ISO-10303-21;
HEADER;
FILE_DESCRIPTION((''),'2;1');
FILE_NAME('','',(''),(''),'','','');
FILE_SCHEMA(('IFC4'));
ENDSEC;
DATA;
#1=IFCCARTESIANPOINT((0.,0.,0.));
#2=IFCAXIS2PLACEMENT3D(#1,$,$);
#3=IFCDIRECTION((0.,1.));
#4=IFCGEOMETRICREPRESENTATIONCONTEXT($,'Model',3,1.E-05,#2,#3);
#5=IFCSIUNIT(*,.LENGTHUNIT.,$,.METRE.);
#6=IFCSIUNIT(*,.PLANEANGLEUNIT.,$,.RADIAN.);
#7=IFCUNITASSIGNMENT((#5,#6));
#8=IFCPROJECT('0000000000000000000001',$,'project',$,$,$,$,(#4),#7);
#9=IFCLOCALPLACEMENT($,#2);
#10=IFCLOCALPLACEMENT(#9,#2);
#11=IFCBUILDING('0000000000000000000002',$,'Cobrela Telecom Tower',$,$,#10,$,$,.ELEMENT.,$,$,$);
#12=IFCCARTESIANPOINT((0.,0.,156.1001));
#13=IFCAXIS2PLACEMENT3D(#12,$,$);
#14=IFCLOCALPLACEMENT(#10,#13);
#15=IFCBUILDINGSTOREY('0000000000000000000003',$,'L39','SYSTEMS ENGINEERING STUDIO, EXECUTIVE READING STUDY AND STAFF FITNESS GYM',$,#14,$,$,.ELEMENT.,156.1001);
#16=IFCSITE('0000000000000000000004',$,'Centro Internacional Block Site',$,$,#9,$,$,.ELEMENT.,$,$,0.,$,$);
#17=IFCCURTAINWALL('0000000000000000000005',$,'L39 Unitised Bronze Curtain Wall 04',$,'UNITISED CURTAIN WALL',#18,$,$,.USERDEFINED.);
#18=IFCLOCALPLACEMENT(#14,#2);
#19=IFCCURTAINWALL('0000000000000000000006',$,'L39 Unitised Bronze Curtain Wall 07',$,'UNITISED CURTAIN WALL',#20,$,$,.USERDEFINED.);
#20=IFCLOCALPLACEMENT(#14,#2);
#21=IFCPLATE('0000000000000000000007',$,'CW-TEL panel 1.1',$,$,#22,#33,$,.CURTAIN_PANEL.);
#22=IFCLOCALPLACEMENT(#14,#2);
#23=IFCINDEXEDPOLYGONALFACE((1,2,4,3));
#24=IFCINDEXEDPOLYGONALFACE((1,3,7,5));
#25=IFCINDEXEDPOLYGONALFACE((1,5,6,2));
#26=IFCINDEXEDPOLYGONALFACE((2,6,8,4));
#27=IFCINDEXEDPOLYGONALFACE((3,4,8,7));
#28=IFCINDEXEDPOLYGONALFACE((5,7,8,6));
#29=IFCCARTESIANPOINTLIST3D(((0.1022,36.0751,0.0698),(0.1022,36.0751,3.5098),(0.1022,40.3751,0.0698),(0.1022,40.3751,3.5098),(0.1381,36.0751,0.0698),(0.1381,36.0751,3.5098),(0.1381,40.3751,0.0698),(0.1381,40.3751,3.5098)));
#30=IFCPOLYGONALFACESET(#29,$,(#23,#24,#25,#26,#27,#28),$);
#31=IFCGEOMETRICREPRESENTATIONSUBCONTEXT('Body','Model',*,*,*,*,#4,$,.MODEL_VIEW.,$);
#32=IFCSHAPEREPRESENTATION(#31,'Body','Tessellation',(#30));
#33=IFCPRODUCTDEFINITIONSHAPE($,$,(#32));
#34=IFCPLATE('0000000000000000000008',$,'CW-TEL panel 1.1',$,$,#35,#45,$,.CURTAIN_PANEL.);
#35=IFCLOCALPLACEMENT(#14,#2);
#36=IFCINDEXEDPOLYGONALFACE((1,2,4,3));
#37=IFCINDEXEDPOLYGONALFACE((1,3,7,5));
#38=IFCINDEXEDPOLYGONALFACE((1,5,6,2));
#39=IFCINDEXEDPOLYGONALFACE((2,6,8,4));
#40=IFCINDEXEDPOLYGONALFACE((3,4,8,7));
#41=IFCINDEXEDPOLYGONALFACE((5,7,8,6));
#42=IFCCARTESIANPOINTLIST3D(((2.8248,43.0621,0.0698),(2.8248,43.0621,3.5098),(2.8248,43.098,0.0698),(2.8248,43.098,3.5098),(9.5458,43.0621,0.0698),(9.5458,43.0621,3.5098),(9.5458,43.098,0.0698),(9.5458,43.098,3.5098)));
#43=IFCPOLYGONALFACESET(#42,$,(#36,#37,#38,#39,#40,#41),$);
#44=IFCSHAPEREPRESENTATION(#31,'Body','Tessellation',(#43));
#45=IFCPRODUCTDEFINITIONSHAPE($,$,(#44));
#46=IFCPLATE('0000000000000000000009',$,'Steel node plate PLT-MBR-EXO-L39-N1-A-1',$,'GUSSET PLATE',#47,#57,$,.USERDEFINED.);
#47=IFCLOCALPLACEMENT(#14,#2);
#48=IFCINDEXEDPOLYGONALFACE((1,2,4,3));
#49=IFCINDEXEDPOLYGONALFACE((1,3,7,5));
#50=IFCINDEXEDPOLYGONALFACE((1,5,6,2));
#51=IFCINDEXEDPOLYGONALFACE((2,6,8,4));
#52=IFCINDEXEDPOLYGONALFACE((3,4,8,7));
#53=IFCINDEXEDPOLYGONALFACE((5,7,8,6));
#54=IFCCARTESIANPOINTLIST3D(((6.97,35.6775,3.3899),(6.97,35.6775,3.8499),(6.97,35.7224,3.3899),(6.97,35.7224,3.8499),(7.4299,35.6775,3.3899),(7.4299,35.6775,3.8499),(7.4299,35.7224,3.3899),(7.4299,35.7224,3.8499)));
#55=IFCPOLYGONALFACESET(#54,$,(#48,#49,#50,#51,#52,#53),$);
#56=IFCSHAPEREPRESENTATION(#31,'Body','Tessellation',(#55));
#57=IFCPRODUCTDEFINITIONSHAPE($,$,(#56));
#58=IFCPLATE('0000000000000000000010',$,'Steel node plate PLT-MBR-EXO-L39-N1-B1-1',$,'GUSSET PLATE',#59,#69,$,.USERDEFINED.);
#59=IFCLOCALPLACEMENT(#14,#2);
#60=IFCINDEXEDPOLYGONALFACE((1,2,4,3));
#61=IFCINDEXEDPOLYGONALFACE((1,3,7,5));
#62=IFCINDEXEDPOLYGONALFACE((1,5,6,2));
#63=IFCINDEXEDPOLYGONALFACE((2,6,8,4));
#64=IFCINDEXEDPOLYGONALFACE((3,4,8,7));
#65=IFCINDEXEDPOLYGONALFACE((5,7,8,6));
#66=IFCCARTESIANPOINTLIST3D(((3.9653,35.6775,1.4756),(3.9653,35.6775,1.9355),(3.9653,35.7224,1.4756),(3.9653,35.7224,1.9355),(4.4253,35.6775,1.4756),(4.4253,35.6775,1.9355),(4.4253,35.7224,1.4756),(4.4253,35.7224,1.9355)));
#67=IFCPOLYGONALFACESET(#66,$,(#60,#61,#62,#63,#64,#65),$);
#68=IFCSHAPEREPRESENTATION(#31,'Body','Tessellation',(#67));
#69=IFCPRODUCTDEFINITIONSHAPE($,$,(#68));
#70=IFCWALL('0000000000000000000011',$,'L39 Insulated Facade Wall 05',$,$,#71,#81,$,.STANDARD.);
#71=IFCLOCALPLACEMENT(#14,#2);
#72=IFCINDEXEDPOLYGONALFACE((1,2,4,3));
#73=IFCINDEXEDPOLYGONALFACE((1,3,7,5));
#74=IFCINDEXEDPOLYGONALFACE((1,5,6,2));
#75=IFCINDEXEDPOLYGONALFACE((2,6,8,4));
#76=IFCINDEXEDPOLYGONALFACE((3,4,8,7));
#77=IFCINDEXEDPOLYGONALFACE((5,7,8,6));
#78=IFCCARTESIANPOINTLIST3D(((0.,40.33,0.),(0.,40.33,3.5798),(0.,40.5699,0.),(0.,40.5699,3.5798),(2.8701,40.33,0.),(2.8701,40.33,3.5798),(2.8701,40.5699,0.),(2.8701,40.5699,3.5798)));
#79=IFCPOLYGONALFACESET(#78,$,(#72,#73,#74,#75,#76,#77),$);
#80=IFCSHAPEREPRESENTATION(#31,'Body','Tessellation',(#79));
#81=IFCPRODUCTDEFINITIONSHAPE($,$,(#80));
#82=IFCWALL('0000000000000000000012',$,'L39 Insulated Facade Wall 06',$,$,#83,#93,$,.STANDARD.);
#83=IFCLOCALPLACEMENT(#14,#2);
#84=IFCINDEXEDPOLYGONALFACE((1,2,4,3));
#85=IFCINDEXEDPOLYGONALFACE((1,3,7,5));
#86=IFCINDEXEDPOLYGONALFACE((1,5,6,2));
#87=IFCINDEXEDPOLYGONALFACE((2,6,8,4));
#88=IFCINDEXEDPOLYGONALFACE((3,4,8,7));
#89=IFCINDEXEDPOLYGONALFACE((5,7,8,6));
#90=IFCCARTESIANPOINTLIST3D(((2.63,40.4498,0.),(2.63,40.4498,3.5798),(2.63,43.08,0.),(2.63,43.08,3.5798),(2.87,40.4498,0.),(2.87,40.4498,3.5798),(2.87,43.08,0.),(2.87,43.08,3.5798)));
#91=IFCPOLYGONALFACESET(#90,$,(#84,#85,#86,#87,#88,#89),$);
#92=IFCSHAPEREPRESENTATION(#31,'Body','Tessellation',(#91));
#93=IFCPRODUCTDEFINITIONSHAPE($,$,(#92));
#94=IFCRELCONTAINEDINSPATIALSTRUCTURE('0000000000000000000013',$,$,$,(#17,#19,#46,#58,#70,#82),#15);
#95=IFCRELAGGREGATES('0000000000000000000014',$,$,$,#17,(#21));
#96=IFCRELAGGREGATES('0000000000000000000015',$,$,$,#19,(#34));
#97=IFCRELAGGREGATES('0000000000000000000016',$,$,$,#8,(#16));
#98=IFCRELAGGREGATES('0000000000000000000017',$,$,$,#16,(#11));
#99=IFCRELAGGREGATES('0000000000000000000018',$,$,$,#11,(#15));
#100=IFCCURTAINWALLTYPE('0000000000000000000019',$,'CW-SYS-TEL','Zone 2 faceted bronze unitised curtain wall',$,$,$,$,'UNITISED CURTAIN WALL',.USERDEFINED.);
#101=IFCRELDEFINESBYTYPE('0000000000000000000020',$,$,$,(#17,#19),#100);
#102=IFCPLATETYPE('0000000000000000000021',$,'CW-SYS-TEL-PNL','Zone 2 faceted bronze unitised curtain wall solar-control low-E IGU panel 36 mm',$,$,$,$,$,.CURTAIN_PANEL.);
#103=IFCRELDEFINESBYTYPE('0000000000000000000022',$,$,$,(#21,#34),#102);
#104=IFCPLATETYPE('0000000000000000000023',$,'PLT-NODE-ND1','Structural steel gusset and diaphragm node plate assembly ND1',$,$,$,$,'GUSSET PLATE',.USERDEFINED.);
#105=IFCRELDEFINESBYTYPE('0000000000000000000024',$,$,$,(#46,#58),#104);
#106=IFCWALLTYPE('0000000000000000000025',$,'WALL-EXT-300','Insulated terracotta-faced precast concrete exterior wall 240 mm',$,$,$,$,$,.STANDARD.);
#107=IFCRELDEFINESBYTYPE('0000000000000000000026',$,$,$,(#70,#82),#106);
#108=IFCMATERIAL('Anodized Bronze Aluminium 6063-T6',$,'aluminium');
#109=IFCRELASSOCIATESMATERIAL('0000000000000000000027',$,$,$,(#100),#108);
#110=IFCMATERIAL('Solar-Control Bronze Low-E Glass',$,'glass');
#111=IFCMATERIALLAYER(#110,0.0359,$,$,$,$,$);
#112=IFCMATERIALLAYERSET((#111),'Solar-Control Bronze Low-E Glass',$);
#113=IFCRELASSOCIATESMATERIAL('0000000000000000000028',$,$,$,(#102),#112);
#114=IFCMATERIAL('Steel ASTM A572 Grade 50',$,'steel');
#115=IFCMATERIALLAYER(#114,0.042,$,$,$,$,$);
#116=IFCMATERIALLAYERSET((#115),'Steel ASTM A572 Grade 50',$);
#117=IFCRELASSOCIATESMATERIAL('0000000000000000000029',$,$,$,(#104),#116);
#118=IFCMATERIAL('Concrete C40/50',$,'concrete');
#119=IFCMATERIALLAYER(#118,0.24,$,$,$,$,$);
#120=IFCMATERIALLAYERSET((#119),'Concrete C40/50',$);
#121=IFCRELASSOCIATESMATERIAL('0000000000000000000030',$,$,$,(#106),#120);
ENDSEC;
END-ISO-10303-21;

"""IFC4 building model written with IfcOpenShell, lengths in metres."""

from ifc_helpers import new_model, si_unit, direction, frame, frame_2d, origin, origin_2d, place, context, subcontext, project, spatial, rectangle, extrude, material, layer, layer_set, type_object, element, aggregate, save


model = new_model("IFC4")

# Units and contexts
model_context = context("Model", 3, precision=1e-05, world=origin(), true_north=direction((0.0, 1.0)))
body_context = subcontext(model_context, "Body", "Model", "MODEL_VIEW")
ifc_project = project(units=[si_unit("LENGTHUNIT", "METRE"), si_unit("PLANEANGLEUNIT", "RADIAN")], contexts=[model_context])

# Site, building, storey
site_placement = place(None, origin())
site = spatial("IfcSite", under=ifc_project, at=site_placement, Name="Centro Internacional Block Site", CompositionType="ELEMENT", RefElevation=0.0)
building_placement = place(site_placement, origin())
building = spatial("IfcBuilding", under=site, at=building_placement, Name="Cobrela Telecom Tower", CompositionType="ELEMENT")
storey_placement = place(building_placement, frame((0.0, 0.0, 156.1001)))
storey = spatial("IfcBuildingStorey", under=building, at=storey_placement, Name="L39", Description="SYSTEMS ENGINEERING STUDIO, EXECUTIVE READING STUDY AND STAFF FITNESS GYM", CompositionType="ELEMENT", Elevation=156.1001)

# Shared definitions
ifc_material_1 = material(Name="Steel ASTM A572 Grade 50", Category="steel")

# Curtain wall
ifc_material_2 = material(Name="Anodized Bronze Aluminium 6063-T6", Category="aluminium")
curtain_wall_type = type_object("IfcCurtainWallType", Name="CW-SYS-TEL", Description="Zone 2 faceted bronze unitised curtain wall", ElementType="UNITISED CURTAIN WALL", PredefinedType="USERDEFINED", material=ifc_material_2)
curtain_wall_1_placement = place(storey_placement, origin())
curtain_wall_1 = element("IfcCurtainWall", 1, at=curtain_wall_1_placement, inside=storey, type_object=curtain_wall_type, Name="L39 Unitised Bronze Curtain Wall 04", ObjectType="UNITISED CURTAIN WALL", PredefinedType="USERDEFINED")

# Curtain wall
curtain_wall_2_placement = place(storey_placement, origin())
curtain_wall_2 = element("IfcCurtainWall", 2, at=curtain_wall_2_placement, inside=storey, type_object=curtain_wall_type, Name="L39 Unitised Bronze Curtain Wall 07", ObjectType="UNITISED CURTAIN WALL", PredefinedType="USERDEFINED")

# Plates
ifc_material_3 = material(Name="Solar-Control Bronze Low-E Glass", Category="glass")
ifc_layer_1 = layer(ifc_material_3, 0.0359)
ifc_layer_set_1 = layer_set([ifc_layer_1], Name="Solar-Control Bronze Low-E Glass")
plate_type_1 = type_object("IfcPlateType", Name="CW-SYS-TEL-PNL", Description="Zone 2 faceted bronze unitised curtain wall solar-control low-E IGU panel 36 mm", PredefinedType="CURTAIN_PANEL", material=ifc_layer_set_1)
plate_1_placement = place(storey_placement, frame((0.1201, 38.2251, 0.0698), z_axis=(0.0, 0.0, 1.0), x_axis=(0.0, 1.0, 0.0)))
plate_1 = element("IfcPlate", 3, at=plate_1_placement, type_object=plate_type_1, Name="CW-TEL panel 1.1", PredefinedType="CURTAIN_PANEL", context=body_context, shape_type="SweptSolid", body=[
    extrude(rectangle(XDim=4.3, YDim=0.0359, at=origin_2d()), origin(), (0.0, 0.0, 1.0), 3.4399),
])
aggregate(curtain_wall_1, [plate_1])
plate_2_placement = place(storey_placement, frame((6.1853, 43.0801, 0.0698), z_axis=(0.0, 0.0, 1.0), x_axis=(1.0, 0.0, 0.0)))
plate_2 = element("IfcPlate", 4, at=plate_2_placement, type_object=plate_type_1, Name="CW-TEL panel 1.1", PredefinedType="CURTAIN_PANEL", context=body_context, shape_type="SweptSolid", body=[
    extrude(rectangle(XDim=6.7209, YDim=0.0359, at=origin_2d()), origin(), (0.0, 0.0, 1.0), 3.4399),
])
aggregate(curtain_wall_2, [plate_2])

# Plates
ifc_layer_2 = layer(ifc_material_1, 0.042)
ifc_layer_set_2 = layer_set([ifc_layer_2], Name="Steel ASTM A572 Grade 50")
plate_type_2 = type_object("IfcPlateType", Name="PLT-NODE-ND1", Description="Structural steel gusset and diaphragm node plate assembly ND1", ElementType="GUSSET PLATE", PredefinedType="USERDEFINED", material=ifc_layer_set_2)
for number, where, z_axis, x_axis, name in (
    (5, (7.2, 35.7, 3.3899), (0.0, 0.0, 1.0), (1.0, 0.0, 0.0), "Steel node plate PLT-MBR-EXO-L39-N1-A-1"),
    (6, (4.1953, 35.7, 1.4756), (0.0, 0.0, 1.0), (-1.0, 0.0, 0.0), "Steel node plate PLT-MBR-EXO-L39-N1-B1-1"),
):
    element("IfcPlate", number, at=place(storey_placement, frame(where, z_axis=z_axis, x_axis=x_axis)), inside=storey, type_object=plate_type_2, Name=name, ObjectType="GUSSET PLATE", PredefinedType="USERDEFINED", context=body_context, shape_type="SweptSolid", body=[
        extrude(rectangle(XDim=0.46, YDim=0.0449, at=origin_2d()), origin(), (0.0, 0.0, 1.0), 0.46),
    ])

# Walls
ifc_material_4 = material(Name="Concrete C40/50", Category="concrete")
ifc_layer_3 = layer(ifc_material_4, 0.24)
ifc_layer_set_3 = layer_set([ifc_layer_3], Name="Concrete C40/50")
wall_type = type_object("IfcWallType", Name="WALL-EXT-300", Description="Insulated terracotta-faced precast concrete exterior wall 240 mm", PredefinedType="STANDARD", material=ifc_layer_set_3)
wall_1_placement = place(storey_placement, frame((0.0, 40.45, 0.0), z_axis=(0.0, 0.0, 1.0), x_axis=(1.0, 0.0, 0.0)))
element("IfcWall", 7, at=wall_1_placement, inside=storey, type_object=wall_type, Name="L39 Insulated Facade Wall 05", PredefinedType="STANDARD", context=body_context, shape_type="SweptSolid", body=[
    extrude(rectangle(XDim=2.8701, YDim=0.24, at=frame_2d((1.4351, 0.0))), origin(), (0.0, 0.0, 1.0), 3.5798),
])
wall_2_placement = place(storey_placement, frame((2.75, 40.45, 0.0), z_axis=(0.0, 0.0, 1.0), x_axis=(0.0, 1.0, 0.0)))
element("IfcWall", 8, at=wall_2_placement, inside=storey, type_object=wall_type, Name="L39 Insulated Facade Wall 06", PredefinedType="STANDARD", context=body_context, shape_type="SweptSolid", body=[
    extrude(rectangle(XDim=2.6301, YDim=0.24, at=frame_2d((1.3149, 0.0))), origin(), (0.0, 0.0, 1.0), 3.5798),
])

save(model, "model.ifc")
